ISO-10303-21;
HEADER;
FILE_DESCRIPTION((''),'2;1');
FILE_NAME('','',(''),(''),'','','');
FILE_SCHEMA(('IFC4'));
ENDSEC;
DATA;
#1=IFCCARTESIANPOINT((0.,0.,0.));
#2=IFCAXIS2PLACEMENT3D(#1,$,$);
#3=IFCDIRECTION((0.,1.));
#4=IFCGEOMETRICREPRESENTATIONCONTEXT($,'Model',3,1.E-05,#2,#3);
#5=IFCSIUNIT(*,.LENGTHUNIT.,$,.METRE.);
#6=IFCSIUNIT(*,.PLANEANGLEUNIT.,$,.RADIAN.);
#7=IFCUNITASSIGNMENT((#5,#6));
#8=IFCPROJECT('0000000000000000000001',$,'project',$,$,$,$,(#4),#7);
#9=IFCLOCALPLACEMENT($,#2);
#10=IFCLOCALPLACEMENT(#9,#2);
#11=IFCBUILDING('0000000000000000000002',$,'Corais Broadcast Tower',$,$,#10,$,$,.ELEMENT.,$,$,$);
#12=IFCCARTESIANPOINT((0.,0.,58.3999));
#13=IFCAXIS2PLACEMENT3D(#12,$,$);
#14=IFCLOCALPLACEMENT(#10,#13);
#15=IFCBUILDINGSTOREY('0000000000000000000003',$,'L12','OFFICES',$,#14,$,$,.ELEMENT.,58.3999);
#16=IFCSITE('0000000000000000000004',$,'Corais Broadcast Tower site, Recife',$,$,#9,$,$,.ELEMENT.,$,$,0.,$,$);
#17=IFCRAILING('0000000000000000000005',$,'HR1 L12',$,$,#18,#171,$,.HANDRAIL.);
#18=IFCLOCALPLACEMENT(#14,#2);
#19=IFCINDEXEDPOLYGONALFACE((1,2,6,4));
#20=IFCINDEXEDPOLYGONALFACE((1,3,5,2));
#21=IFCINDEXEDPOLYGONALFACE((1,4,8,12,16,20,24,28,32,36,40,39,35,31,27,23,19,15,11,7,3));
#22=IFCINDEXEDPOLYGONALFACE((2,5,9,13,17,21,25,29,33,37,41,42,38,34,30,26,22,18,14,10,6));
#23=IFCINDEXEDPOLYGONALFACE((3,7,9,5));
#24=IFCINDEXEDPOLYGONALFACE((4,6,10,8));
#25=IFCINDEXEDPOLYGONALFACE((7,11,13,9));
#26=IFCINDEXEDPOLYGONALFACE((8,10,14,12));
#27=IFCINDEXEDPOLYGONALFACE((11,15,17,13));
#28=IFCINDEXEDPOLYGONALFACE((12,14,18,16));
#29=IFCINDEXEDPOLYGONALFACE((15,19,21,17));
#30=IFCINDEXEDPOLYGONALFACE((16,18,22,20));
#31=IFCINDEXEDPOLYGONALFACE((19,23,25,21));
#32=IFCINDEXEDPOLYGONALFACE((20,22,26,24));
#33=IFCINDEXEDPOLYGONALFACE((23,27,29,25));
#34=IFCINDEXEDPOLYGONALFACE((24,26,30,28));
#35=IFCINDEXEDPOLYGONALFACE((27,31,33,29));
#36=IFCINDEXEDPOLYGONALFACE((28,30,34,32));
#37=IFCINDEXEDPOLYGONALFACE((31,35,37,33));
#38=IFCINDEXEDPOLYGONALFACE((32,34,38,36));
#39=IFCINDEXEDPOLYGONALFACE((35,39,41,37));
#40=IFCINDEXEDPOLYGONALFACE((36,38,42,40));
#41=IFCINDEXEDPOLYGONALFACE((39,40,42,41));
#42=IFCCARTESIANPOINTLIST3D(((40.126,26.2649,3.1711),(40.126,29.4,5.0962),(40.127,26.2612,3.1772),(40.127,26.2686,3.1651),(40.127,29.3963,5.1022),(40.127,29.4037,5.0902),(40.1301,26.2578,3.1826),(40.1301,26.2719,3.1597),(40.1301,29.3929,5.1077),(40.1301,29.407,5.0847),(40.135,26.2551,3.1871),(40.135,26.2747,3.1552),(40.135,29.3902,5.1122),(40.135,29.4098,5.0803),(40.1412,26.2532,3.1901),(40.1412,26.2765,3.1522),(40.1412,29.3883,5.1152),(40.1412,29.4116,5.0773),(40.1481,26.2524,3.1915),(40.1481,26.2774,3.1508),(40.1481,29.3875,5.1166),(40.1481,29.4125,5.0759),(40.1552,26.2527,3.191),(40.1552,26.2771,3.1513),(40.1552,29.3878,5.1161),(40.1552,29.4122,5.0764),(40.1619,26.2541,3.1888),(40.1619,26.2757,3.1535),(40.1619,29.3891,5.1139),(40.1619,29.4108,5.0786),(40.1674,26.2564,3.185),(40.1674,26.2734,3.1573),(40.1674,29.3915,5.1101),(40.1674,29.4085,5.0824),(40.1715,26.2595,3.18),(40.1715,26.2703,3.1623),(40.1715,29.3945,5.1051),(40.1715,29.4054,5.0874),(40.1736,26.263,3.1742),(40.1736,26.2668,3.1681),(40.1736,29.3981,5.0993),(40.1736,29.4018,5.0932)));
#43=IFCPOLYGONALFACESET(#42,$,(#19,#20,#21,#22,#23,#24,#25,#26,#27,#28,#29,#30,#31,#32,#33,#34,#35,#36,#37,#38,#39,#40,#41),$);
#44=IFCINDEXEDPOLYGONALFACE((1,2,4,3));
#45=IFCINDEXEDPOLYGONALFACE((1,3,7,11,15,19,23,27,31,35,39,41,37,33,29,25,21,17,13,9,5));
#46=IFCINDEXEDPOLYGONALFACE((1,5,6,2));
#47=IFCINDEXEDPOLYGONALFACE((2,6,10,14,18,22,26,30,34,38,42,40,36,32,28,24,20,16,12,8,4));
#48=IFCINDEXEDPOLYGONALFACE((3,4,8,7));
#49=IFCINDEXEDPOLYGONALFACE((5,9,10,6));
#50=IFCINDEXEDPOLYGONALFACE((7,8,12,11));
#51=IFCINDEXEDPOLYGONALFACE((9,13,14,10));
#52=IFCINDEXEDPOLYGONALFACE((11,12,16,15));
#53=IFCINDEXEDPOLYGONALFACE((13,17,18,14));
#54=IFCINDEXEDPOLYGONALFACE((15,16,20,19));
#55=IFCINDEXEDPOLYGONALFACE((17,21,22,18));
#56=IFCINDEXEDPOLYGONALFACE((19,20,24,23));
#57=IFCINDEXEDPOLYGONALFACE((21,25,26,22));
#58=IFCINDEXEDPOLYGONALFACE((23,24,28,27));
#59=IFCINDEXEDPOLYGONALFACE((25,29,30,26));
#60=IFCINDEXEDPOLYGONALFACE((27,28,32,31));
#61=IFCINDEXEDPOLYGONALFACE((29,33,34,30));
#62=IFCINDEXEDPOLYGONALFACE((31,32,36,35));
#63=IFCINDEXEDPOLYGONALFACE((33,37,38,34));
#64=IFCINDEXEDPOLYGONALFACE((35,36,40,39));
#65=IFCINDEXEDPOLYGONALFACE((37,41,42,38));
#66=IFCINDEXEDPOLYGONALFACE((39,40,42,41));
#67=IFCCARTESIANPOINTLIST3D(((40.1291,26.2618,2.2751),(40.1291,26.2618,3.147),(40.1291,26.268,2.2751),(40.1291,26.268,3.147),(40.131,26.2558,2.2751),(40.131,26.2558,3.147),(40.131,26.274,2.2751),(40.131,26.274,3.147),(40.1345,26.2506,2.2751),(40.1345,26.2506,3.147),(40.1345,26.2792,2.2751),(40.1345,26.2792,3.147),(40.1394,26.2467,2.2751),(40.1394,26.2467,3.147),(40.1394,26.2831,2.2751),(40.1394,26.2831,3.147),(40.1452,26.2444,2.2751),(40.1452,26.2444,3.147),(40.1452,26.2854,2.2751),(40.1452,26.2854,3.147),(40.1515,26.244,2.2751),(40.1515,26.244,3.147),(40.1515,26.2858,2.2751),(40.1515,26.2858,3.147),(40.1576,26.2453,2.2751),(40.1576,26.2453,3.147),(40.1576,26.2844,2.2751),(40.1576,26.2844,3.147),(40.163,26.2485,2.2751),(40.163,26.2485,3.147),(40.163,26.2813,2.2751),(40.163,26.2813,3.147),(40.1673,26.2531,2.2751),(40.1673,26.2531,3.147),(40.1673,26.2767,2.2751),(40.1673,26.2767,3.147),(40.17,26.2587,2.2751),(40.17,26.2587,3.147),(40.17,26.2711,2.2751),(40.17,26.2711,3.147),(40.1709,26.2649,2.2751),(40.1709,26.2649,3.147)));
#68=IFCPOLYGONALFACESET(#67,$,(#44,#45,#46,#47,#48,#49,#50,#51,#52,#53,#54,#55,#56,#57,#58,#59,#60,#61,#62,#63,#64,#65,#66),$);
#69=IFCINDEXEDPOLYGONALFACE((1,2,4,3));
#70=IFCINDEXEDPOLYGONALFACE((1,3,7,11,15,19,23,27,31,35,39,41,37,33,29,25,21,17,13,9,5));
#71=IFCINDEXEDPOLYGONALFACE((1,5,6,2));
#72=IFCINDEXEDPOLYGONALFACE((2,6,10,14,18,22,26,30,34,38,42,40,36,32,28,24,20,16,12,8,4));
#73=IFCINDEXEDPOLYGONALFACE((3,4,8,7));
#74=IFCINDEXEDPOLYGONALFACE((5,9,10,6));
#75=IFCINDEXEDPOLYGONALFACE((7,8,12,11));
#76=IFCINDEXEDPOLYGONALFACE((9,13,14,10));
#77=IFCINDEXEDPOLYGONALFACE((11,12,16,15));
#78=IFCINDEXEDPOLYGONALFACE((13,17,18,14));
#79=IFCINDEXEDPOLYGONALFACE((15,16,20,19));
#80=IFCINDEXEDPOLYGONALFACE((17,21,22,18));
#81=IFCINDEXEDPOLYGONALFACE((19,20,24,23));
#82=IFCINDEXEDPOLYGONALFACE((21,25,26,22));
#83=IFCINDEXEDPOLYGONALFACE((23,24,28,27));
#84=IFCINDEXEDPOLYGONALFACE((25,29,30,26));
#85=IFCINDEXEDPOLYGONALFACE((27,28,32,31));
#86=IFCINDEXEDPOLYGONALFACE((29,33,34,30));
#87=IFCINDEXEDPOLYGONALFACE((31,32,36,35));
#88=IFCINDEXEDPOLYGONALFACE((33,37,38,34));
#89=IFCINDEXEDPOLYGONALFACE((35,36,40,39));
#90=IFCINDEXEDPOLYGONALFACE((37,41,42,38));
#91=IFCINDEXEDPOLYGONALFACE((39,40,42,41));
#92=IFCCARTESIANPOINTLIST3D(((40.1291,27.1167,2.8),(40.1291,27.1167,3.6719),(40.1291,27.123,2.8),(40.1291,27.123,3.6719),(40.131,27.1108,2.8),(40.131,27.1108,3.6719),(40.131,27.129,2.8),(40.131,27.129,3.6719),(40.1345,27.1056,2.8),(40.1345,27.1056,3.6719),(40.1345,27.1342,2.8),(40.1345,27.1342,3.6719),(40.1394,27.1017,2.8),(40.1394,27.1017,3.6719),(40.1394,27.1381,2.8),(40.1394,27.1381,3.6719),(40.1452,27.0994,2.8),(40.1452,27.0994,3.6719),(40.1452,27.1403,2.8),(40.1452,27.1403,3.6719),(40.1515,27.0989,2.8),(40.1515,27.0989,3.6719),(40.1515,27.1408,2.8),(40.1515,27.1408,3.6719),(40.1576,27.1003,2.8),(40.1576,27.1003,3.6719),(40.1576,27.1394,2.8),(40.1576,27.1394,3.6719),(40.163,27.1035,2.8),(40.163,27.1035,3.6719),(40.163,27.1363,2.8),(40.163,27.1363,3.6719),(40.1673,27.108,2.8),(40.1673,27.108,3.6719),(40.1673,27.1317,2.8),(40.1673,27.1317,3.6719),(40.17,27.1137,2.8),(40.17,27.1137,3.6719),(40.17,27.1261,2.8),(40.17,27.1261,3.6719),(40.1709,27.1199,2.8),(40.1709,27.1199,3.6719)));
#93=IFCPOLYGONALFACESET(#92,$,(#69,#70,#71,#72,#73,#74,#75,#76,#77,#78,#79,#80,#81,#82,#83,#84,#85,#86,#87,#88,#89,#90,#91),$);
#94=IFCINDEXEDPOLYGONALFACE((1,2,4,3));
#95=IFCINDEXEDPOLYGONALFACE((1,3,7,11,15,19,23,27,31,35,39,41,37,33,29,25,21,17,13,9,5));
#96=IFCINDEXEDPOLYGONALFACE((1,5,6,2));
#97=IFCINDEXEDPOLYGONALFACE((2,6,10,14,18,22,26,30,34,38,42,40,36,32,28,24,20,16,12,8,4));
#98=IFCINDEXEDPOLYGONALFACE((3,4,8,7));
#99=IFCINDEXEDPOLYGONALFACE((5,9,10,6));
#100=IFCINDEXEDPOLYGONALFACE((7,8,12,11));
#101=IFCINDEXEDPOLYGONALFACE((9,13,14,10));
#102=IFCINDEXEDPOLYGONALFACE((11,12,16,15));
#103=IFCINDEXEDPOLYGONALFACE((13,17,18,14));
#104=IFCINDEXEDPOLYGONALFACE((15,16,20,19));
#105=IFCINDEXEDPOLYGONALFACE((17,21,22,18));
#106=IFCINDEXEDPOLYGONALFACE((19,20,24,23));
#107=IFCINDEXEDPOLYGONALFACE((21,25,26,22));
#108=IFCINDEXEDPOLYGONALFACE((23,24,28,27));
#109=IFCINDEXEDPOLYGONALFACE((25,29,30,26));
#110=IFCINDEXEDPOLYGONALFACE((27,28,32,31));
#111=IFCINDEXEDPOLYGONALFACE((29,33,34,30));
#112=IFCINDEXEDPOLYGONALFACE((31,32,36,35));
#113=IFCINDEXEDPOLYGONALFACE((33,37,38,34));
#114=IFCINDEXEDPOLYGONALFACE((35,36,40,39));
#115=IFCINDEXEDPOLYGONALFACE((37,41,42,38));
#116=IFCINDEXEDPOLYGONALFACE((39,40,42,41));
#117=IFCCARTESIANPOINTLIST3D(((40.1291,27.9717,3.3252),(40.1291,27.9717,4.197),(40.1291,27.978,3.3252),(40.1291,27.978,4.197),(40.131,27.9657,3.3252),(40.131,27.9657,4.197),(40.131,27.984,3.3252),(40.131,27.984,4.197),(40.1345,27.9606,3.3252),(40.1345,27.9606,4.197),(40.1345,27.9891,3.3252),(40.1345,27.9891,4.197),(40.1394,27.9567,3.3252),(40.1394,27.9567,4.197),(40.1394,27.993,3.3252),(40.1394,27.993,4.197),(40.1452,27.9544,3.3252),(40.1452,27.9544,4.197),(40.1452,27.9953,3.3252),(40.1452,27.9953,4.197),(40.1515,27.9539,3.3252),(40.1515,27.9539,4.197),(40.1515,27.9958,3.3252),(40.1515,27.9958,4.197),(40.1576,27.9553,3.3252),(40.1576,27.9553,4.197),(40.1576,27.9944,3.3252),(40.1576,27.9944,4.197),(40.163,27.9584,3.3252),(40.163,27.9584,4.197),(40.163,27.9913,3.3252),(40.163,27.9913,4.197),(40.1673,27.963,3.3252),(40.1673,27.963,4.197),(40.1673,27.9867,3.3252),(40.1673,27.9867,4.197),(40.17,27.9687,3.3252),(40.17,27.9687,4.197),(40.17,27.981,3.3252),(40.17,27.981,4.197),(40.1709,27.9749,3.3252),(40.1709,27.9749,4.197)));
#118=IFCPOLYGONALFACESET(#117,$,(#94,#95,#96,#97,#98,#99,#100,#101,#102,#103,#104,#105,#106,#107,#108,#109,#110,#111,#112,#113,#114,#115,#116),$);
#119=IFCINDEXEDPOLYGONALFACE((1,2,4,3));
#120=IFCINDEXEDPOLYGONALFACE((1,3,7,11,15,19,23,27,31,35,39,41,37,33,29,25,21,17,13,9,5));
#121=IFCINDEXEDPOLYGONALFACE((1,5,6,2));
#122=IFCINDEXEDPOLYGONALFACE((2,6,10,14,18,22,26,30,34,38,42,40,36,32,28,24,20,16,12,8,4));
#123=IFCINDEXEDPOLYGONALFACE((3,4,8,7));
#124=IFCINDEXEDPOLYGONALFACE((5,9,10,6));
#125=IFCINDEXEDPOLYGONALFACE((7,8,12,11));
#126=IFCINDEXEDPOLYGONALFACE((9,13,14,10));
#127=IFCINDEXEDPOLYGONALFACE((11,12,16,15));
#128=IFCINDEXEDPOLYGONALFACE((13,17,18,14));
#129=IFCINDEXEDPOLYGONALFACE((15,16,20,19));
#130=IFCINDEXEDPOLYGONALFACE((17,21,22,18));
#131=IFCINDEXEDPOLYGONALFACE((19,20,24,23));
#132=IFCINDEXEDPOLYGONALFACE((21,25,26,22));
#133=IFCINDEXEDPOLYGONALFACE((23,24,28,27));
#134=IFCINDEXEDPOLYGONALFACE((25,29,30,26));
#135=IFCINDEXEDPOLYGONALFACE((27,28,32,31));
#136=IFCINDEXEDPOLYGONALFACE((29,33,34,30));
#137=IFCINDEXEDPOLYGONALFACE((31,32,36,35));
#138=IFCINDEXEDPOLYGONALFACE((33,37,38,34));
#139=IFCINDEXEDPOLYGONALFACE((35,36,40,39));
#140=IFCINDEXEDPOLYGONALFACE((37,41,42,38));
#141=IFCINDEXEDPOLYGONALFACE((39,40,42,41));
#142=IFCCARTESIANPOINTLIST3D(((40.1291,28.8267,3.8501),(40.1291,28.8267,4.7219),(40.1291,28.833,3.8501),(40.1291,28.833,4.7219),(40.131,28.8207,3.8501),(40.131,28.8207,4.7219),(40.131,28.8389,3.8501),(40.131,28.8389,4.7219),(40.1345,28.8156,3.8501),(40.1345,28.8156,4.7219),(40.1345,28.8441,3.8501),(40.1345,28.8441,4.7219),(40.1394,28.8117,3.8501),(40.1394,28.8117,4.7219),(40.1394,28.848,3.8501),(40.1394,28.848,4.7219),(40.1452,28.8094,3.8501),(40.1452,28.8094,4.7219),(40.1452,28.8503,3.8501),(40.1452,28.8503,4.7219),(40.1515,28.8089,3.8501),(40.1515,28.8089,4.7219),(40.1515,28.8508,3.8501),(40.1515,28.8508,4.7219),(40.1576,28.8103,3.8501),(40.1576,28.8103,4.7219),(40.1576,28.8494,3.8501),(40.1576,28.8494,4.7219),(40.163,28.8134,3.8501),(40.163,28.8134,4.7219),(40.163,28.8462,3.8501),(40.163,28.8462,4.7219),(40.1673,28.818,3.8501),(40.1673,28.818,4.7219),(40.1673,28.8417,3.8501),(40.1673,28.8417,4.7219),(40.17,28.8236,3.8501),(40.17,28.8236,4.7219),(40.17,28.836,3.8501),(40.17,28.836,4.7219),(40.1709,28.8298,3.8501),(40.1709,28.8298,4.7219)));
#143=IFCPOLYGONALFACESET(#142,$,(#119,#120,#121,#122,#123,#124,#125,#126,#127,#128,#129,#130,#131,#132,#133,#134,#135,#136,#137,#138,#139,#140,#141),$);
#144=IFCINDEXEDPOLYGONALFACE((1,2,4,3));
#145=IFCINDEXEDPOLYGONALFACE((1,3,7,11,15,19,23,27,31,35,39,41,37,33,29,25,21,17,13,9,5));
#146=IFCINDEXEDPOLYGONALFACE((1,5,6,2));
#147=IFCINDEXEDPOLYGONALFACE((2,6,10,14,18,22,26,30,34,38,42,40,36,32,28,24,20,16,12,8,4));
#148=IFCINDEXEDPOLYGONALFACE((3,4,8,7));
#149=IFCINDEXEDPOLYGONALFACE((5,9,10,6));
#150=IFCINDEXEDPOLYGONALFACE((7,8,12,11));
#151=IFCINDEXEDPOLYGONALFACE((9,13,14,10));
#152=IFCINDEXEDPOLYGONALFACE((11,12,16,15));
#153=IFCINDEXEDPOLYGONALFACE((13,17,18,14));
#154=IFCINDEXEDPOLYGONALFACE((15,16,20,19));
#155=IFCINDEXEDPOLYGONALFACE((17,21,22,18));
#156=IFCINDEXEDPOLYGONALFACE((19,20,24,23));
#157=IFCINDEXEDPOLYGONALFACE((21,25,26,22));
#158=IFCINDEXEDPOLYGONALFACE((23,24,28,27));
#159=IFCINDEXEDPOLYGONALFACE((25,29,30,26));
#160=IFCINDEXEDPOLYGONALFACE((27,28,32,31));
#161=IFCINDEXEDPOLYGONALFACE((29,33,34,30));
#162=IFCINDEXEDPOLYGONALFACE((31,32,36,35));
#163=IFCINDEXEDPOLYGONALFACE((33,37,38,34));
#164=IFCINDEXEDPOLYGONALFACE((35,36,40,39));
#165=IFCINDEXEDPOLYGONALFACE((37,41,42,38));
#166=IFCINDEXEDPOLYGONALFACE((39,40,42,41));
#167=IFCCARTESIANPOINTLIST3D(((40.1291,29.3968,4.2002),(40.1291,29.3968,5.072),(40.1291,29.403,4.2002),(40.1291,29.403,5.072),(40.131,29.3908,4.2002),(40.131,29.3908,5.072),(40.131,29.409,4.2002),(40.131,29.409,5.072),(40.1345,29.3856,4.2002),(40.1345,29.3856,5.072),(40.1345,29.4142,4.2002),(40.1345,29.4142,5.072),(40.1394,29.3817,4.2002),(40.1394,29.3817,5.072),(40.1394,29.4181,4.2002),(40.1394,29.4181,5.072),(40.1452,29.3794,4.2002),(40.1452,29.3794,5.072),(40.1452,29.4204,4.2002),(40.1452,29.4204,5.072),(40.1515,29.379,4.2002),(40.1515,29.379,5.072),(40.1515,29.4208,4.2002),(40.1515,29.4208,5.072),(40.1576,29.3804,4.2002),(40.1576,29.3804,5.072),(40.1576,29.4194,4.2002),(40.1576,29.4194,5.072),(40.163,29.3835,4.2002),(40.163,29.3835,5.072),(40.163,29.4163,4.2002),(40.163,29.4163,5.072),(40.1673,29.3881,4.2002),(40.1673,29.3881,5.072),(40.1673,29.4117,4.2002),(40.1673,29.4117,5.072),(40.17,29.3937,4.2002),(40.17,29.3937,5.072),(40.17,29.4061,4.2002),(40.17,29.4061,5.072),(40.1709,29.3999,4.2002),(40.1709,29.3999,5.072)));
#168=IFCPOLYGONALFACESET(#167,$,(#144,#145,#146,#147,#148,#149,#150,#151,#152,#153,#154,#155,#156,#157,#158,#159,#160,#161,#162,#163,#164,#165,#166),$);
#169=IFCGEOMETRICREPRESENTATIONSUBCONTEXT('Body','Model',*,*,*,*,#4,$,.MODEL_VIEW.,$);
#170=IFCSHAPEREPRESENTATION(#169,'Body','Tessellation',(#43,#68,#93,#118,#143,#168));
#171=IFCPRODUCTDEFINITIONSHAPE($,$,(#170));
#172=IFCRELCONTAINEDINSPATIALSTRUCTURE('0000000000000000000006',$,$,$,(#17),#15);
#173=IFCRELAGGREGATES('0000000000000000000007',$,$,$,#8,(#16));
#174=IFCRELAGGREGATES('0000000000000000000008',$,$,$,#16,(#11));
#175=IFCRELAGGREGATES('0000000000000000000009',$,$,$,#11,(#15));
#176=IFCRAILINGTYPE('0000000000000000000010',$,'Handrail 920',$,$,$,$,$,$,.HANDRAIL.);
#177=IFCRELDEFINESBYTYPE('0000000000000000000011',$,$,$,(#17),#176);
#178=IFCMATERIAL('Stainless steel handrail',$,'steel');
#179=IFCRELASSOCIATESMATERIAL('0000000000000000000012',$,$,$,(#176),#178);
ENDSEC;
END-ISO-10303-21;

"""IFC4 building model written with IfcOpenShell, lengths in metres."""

from ifc_helpers import new_model, si_unit, direction, frame, origin, origin_2d, place, context, subcontext, project, spatial, circle, extrude, material, type_object, element, save


model = new_model("IFC4")

# Units and contexts
model_context = context("Model", 3, precision=1e-05, world=origin(), true_north=direction((0.0, 1.0)))
body_context = subcontext(model_context, "Body", "Model", "MODEL_VIEW")
ifc_project = project(units=[si_unit("LENGTHUNIT", "METRE"), si_unit("PLANEANGLEUNIT", "RADIAN")], contexts=[model_context])

# Site, building, storey
site_placement = place(None, origin())
site = spatial("IfcSite", under=ifc_project, at=site_placement, Name="Corais Broadcast Tower site, Recife", CompositionType="ELEMENT", RefElevation=0.0)
building_placement = place(site_placement, origin())
building = spatial("IfcBuilding", under=site, at=building_placement, Name="Corais Broadcast Tower", CompositionType="ELEMENT")
storey_placement = place(building_placement, frame((0.0, 0.0, 58.3999)))
storey = spatial("IfcBuildingStorey", under=building, at=storey_placement, Name="L12", Description="OFFICES", CompositionType="ELEMENT", Elevation=58.3999)

# Railing
ifc_material_1 = material(Name="Stainless steel handrail", Category="steel")
railing_type = type_object("IfcRailingType", Name="Handrail 920", PredefinedType="HANDRAIL", material=ifc_material_1)
for number, where, name in (
    (1, (40.1499, 26.2649, 2.2751), "HR1 L12"),
):
    element("IfcRailing", number, at=place(storey_placement, frame(where)), inside=storey, type_object=railing_type, Name=name, PredefinedType="HANDRAIL", context=body_context, shape_type="SweptSolid", body=[
        extrude(circle(Radius=0.0239, at=origin_2d()), frame((0.0, 0.0, 0.896), z_axis=(0.0, 0.852166, 0.523271), x_axis=(-1.0, 0.0, 0.0)), (0.0, 0.0, 1.0), 3.679),
        extrude(circle(Radius=0.021, at=origin_2d()), origin(), (0.0, 0.0, 1.0), 0.8718),
        extrude(circle(Radius=0.021, at=origin_2d()), frame((0.0, 0.855, 0.5249)), (0.0, 0.0, 1.0), 0.8718),
        extrude(circle(Radius=0.021, at=origin_2d()), frame((0.0, 1.71, 1.05)), (0.0, 0.0, 1.0), 0.8718),
        extrude(circle(Radius=0.021, at=origin_2d()), frame((0.0, 2.5649, 1.575)), (0.0, 0.0, 1.0), 0.8718),
        extrude(circle(Radius=0.021, at=origin_2d()), frame((0.0, 3.135, 1.925)), (0.0, 0.0, 1.0), 0.8718),
    ])

save(model, "model.ifc")
